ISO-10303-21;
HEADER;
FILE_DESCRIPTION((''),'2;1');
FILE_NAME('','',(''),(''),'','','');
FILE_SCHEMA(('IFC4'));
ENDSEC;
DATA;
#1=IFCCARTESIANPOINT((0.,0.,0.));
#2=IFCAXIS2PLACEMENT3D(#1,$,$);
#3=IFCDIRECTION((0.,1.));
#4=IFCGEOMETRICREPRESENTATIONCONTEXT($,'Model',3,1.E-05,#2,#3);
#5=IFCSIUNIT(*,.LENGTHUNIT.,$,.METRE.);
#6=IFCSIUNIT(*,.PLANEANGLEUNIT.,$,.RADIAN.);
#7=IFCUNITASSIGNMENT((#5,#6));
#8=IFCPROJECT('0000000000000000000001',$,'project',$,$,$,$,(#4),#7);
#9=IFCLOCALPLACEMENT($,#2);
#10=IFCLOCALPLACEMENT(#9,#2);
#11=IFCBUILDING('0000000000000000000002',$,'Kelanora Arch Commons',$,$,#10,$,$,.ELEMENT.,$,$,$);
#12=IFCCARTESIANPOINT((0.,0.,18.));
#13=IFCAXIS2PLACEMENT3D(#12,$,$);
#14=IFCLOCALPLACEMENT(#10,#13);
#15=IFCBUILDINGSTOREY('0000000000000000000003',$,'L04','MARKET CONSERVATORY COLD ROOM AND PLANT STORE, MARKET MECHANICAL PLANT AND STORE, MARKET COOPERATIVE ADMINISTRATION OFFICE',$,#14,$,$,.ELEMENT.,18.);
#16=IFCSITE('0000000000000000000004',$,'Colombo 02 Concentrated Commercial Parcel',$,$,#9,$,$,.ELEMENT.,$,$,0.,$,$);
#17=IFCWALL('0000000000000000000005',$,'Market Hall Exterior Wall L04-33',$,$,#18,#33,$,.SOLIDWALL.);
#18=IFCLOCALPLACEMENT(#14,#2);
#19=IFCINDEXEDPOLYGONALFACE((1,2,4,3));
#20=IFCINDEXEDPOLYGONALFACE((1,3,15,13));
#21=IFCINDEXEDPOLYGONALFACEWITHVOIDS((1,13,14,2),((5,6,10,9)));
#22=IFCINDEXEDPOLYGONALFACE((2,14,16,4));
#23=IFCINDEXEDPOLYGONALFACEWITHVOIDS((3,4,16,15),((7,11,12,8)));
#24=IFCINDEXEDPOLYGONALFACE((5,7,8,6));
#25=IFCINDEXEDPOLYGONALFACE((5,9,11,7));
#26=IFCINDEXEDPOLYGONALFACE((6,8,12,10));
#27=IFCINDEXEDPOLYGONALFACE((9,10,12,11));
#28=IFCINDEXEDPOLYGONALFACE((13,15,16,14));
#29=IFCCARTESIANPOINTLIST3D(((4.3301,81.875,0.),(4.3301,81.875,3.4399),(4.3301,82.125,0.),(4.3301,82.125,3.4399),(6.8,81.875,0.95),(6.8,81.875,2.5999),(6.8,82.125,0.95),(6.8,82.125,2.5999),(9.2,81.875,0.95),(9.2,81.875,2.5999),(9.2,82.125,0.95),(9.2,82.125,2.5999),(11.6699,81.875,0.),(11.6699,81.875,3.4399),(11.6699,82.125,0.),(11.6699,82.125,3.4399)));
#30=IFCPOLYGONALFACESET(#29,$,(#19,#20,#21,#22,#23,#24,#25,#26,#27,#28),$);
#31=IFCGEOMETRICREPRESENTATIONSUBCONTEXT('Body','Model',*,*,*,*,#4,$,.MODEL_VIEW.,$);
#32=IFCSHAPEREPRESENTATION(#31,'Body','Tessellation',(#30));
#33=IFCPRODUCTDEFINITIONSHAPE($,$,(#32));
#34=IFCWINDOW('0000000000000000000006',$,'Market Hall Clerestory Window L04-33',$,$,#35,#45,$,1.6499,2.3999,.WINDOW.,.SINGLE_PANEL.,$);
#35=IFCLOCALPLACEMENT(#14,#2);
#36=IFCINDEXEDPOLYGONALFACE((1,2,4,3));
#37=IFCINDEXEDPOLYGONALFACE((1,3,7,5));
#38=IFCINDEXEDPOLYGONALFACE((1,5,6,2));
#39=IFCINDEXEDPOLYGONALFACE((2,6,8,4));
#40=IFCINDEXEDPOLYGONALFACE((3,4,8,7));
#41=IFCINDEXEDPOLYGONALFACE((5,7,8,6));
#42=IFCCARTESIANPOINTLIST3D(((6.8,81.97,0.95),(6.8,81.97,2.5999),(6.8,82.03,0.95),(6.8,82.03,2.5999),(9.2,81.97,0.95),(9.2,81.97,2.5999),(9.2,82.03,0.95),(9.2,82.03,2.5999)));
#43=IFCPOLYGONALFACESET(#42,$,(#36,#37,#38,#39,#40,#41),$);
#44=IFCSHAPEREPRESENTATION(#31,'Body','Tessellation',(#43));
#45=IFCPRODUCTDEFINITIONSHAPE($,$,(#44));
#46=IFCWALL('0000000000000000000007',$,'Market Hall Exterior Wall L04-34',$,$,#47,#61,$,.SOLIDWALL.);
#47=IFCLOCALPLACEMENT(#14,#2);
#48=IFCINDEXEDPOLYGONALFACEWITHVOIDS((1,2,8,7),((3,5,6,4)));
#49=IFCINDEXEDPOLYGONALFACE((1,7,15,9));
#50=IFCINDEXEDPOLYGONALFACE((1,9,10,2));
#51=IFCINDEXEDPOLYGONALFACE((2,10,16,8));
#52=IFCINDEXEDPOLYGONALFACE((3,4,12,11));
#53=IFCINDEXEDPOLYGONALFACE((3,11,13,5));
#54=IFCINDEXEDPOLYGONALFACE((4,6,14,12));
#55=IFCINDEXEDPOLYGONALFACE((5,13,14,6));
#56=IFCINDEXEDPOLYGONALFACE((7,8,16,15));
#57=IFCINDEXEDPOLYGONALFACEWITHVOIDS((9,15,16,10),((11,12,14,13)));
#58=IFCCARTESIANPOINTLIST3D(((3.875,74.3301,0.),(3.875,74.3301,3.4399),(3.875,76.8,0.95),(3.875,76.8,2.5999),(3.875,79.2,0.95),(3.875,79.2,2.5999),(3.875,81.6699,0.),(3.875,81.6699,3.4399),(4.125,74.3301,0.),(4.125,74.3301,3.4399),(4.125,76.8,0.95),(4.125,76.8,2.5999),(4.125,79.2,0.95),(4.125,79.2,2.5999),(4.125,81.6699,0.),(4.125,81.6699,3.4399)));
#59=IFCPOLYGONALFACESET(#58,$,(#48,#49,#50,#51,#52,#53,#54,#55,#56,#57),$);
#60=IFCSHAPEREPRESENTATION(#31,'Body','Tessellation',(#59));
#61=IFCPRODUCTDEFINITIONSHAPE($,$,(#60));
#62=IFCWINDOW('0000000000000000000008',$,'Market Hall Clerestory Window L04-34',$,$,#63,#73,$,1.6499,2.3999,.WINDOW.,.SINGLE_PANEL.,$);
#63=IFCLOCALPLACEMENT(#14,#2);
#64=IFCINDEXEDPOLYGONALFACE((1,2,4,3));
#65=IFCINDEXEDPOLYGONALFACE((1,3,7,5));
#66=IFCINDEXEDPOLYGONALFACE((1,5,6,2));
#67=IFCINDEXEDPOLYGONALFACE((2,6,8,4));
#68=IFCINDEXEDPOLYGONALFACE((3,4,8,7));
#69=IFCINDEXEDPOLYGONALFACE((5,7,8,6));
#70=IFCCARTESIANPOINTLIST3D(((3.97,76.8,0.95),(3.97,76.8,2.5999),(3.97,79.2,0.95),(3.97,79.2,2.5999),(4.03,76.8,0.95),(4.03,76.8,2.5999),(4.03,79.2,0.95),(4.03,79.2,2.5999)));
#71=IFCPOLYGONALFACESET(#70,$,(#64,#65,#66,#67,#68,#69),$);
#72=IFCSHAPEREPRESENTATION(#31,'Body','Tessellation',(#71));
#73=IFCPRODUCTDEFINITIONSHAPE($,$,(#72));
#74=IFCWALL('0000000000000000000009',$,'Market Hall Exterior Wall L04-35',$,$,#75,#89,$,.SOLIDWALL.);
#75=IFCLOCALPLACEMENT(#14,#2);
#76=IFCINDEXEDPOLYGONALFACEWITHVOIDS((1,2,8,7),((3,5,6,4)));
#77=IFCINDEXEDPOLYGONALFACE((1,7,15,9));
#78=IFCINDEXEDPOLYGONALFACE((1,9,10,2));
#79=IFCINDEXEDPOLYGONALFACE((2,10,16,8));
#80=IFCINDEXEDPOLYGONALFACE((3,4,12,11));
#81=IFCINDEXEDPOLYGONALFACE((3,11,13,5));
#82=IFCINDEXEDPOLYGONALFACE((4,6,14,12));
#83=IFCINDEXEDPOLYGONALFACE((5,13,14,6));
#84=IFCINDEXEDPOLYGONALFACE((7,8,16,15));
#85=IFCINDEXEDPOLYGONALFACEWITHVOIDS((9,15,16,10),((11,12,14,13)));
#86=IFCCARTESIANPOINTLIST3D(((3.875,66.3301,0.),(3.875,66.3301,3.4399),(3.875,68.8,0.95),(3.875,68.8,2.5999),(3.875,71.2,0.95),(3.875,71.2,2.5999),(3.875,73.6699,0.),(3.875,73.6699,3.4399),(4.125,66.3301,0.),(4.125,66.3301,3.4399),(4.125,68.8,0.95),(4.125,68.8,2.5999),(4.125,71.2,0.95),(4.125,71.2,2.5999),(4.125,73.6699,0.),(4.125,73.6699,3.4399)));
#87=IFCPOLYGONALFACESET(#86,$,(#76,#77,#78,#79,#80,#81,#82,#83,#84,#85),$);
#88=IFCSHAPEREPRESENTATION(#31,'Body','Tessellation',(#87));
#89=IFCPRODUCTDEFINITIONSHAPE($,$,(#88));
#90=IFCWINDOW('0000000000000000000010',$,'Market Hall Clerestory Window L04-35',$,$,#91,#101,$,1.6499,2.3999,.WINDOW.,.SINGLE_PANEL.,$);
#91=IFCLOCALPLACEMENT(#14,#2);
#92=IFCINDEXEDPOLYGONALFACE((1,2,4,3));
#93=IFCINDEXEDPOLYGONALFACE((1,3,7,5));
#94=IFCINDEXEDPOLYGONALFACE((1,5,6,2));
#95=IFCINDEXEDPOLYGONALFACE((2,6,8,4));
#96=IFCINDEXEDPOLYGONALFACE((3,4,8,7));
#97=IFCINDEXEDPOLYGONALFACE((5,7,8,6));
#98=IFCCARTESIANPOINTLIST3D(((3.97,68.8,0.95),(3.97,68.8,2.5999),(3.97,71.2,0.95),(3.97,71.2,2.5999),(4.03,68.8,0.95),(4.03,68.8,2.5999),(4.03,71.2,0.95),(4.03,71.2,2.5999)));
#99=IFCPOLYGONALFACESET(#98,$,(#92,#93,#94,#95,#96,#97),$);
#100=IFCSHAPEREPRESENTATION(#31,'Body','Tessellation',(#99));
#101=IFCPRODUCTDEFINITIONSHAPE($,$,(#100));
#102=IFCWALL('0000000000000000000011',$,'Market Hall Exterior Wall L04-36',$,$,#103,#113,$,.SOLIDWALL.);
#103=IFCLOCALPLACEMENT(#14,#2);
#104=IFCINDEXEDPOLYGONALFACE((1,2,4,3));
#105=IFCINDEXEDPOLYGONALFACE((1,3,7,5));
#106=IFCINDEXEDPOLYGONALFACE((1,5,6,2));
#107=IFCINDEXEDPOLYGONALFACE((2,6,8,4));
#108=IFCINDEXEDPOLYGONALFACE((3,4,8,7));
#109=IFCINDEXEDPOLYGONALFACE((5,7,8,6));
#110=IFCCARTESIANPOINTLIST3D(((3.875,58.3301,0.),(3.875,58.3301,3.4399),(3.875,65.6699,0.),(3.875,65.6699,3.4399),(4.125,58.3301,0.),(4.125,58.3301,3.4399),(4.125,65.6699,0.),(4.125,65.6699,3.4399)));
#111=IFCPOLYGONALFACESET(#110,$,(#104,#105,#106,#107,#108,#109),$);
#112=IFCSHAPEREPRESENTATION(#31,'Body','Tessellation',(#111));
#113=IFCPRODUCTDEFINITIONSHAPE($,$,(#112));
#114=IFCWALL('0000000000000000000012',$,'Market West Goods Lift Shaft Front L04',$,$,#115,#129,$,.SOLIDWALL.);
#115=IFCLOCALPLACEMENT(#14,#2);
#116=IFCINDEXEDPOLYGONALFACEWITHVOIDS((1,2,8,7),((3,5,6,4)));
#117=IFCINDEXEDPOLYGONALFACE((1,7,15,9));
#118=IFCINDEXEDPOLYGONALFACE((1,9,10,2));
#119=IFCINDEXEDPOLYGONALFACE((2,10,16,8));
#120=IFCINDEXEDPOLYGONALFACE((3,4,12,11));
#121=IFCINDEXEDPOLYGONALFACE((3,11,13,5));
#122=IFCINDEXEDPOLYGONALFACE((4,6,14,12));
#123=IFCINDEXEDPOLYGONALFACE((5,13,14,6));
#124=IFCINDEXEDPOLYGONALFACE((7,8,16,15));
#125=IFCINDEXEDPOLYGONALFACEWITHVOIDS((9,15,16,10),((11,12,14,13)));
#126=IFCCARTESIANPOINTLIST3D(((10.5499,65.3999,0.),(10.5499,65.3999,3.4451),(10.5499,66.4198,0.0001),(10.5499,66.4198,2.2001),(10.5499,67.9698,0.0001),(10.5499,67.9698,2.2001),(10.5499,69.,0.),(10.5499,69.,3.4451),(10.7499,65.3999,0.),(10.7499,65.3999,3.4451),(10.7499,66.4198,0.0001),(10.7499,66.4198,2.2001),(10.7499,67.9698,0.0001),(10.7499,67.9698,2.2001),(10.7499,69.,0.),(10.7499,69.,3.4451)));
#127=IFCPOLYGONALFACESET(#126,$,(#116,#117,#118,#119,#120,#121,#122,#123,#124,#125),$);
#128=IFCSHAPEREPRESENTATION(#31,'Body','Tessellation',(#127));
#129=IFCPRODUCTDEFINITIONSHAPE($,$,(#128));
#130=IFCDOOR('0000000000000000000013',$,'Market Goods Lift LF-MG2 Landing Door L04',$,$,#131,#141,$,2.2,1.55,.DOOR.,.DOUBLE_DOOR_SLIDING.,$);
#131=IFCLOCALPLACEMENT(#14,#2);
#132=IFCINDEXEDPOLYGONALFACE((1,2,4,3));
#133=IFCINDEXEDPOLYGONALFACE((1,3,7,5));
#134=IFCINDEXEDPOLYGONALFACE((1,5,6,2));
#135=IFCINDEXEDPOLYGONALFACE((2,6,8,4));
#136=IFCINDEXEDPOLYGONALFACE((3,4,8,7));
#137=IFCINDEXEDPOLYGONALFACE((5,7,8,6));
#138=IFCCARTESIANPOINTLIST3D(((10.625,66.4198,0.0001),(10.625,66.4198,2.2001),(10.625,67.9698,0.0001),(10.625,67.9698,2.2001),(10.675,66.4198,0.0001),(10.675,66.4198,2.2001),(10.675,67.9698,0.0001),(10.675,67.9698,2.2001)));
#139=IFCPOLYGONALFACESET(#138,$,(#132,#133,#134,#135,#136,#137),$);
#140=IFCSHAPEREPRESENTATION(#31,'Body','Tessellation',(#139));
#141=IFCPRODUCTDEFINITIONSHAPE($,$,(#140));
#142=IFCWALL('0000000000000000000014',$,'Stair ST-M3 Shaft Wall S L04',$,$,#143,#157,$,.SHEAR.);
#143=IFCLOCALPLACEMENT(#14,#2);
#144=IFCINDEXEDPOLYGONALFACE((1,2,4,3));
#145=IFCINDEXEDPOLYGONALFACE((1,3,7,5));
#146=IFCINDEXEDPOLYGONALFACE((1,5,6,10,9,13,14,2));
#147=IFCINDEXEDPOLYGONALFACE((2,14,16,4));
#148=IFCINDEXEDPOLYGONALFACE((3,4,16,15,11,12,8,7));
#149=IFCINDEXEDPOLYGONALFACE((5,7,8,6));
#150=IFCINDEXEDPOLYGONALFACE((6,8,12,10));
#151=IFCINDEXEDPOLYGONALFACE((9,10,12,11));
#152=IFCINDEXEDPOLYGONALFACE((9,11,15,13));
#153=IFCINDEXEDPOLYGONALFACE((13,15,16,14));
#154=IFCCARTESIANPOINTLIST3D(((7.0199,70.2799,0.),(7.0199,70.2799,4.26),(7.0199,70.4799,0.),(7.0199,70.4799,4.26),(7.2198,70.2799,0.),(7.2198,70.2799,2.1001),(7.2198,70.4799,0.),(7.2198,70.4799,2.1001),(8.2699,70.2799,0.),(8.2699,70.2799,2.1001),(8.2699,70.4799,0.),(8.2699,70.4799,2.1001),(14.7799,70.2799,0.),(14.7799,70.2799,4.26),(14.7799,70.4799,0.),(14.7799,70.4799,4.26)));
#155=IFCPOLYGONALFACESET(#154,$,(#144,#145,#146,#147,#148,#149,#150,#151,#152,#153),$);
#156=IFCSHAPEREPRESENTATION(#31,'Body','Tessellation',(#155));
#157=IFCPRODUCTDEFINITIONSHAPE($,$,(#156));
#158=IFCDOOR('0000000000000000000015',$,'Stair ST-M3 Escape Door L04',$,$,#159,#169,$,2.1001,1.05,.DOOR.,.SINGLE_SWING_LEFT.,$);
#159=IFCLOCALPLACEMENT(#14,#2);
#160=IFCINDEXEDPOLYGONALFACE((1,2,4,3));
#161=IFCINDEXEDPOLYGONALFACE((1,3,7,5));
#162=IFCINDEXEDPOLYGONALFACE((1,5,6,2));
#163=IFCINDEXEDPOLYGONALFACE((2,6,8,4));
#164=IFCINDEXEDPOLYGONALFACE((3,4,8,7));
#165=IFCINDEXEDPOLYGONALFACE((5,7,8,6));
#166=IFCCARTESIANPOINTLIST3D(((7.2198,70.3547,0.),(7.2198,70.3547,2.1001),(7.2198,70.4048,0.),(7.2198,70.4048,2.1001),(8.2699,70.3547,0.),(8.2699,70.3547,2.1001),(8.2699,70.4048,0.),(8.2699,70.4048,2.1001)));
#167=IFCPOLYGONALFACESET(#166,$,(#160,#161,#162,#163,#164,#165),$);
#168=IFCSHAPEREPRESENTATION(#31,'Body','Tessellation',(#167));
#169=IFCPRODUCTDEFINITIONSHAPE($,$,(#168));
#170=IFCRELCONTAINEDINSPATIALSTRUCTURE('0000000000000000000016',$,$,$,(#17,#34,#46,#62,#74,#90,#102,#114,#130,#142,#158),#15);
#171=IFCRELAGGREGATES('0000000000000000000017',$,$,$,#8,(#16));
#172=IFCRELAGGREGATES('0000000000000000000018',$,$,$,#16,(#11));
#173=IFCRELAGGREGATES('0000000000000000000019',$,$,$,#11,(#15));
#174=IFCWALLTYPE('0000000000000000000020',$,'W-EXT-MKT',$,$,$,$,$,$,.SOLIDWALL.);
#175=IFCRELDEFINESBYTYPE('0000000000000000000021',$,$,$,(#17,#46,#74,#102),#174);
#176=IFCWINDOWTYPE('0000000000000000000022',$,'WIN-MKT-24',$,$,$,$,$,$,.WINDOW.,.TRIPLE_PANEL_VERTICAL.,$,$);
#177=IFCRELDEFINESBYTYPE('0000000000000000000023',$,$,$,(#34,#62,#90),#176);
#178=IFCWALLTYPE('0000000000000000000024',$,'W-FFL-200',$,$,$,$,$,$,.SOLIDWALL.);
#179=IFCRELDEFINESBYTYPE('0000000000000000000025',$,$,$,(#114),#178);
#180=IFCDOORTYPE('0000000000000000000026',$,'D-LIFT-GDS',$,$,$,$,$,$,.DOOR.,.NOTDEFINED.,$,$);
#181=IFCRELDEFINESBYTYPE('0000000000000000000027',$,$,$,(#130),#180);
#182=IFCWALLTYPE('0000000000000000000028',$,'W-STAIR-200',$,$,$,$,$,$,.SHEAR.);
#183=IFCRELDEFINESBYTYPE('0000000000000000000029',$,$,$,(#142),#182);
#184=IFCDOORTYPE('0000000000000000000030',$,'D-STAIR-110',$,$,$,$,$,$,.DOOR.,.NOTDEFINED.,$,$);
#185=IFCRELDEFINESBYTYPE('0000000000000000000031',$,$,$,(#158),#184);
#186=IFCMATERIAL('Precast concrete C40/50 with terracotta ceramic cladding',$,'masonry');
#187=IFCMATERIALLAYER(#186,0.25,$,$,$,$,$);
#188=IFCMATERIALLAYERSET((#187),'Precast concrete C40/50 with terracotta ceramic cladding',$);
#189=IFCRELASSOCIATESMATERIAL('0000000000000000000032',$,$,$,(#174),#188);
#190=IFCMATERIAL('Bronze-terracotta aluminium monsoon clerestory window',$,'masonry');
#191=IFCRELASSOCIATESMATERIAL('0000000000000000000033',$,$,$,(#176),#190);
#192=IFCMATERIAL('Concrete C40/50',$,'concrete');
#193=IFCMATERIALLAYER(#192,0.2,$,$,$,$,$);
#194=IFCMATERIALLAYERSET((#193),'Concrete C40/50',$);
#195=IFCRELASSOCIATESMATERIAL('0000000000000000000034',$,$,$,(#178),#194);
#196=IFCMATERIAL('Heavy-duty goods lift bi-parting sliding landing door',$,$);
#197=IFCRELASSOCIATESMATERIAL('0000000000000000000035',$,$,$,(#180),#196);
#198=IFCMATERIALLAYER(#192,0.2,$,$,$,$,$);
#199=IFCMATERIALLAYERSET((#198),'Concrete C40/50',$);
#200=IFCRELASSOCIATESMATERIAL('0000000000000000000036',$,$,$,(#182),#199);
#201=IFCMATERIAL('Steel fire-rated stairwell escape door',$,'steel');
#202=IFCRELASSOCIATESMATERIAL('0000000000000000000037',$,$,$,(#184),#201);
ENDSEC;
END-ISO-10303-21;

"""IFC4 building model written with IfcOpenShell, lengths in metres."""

from ifc_helpers import new_model, si_unit, direction, frame, frame_2d, origin, place, context, subcontext, project, spatial, rectangle, extrude, material, layer, layer_set, type_object, element, fill, save


model = new_model("IFC4")

# Units and contexts
model_context = context("Model", 3, precision=1e-05, world=origin(), true_north=direction((0.0, 1.0)))
body_context = subcontext(model_context, "Body", "Model", "MODEL_VIEW")
ifc_project = project(units=[si_unit("LENGTHUNIT", "METRE"), si_unit("PLANEANGLEUNIT", "RADIAN")], contexts=[model_context])

# Site, building, storey
site_placement = place(None, origin())
site = spatial("IfcSite", under=ifc_project, at=site_placement, Name="Colombo 02 Concentrated Commercial Parcel", CompositionType="ELEMENT", RefElevation=0.0)
building_placement = place(site_placement, origin())
building = spatial("IfcBuilding", under=site, at=building_placement, Name="Kelanora Arch Commons", CompositionType="ELEMENT")
storey_placement = place(building_placement, frame((0.0, 0.0, 18.0)))
storey = spatial("IfcBuildingStorey", under=building, at=storey_placement, Name="L04", Description="MARKET CONSERVATORY COLD ROOM AND PLANT STORE, MARKET MECHANICAL PLANT AND STORE, MARKET COOPERATIVE ADMINISTRATION OFFICE", CompositionType="ELEMENT", Elevation=18.0)

# Walls, openings, windows
ifc_material_1 = material(Name="Precast concrete C40/50 with terracotta ceramic cladding", Category="masonry")
ifc_layer_1 = layer(ifc_material_1, 0.25)
ifc_layer_set_1 = layer_set([ifc_layer_1], Name="Precast concrete C40/50 with terracotta ceramic cladding")
wall_type_1 = type_object("IfcWallType", Name="W-EXT-MKT", PredefinedType="SOLIDWALL", material=ifc_layer_set_1)
wall_1_placement = place(storey_placement, frame((11.6699, 82.0, 0.0), z_axis=(0.0, 0.0, 1.0), x_axis=(-1.0, 0.0, 0.0)))
wall_1 = element("IfcWall", 1, at=wall_1_placement, inside=storey, type_object=wall_type_1, Name="Market Hall Exterior Wall L04-33", PredefinedType="SOLIDWALL", context=body_context, shape_type="SweptSolid", body=[
    extrude(rectangle(XDim=7.3398, YDim=0.25, at=frame_2d((3.6699, 0.0))), origin(), (0.0, 0.0, 1.0), 3.4399),
])
opening_1_placement = place(wall_1_placement, frame((2.47, 0.0, 0.95)))
opening_1 = element("IfcOpeningElement", 2, at=opening_1_placement, cuts=wall_1, PredefinedType="OPENING", context=body_context, shape_type="SweptSolid", body=[
    extrude(rectangle(XDim=2.3999, YDim=1.6499, at=frame_2d((1.2, 0.825))), frame((0.0, 0.135, 0.0), z_axis=(0.0, -1.0, 0.0), x_axis=(1.0, 0.0, 0.0)), (0.0, 0.0, 1.0), 0.27),
])
ifc_material_2 = material(Name="Bronze-terracotta aluminium monsoon clerestory window", Category="masonry")
window_type = type_object("IfcWindowType", Name="WIN-MKT-24", PartitioningType="TRIPLE_PANEL_VERTICAL", PredefinedType="WINDOW", material=ifc_material_2)
window_1_placement = place(opening_1_placement, origin())
window_1 = element("IfcWindow", 3, at=window_1_placement, inside=storey, type_object=window_type, Name="Market Hall Clerestory Window L04-33", OverallHeight=1.6499, OverallWidth=2.3999, PartitioningType="SINGLE_PANEL", PredefinedType="WINDOW", context=body_context, shape_type="SweptSolid", body=[
    extrude(rectangle(XDim=2.3999, YDim=1.6499, at=frame_2d((1.2, 0.825))), frame((0.0, 0.03, 0.0), z_axis=(0.0, -1.0, 0.0), x_axis=(1.0, 0.0, 0.0)), (0.0, 0.0, 1.0), 0.0601),
])
fill(opening_1, window_1)
wall_2_placement = place(storey_placement, frame((4.0, 81.6699, 0.0), z_axis=(0.0, 0.0, 1.0), x_axis=(0.0, -1.0, 0.0)))
wall_2 = element("IfcWall", 4, at=wall_2_placement, inside=storey, type_object=wall_type_1, Name="Market Hall Exterior Wall L04-34", PredefinedType="SOLIDWALL", context=body_context, shape_type="SweptSolid", body=[
    extrude(rectangle(XDim=7.3398, YDim=0.25, at=frame_2d((3.6699, 0.0))), origin(), (0.0, 0.0, 1.0), 3.4399),
])
opening_2_placement = place(wall_2_placement, frame((2.47, 0.0, 0.95)))
opening_2 = element("IfcOpeningElement", 5, at=opening_2_placement, cuts=wall_2, PredefinedType="OPENING", context=body_context, shape_type="SweptSolid", body=[
    extrude(rectangle(XDim=2.3999, YDim=1.6499, at=frame_2d((1.2, 0.825))), frame((0.0, 0.135, 0.0), z_axis=(0.0, -1.0, 0.0), x_axis=(1.0, 0.0, 0.0)), (0.0, 0.0, 1.0), 0.27),
])
window_2_placement = place(opening_2_placement, origin())
window_2 = element("IfcWindow", 6, at=window_2_placement, inside=storey, type_object=window_type, Name="Market Hall Clerestory Window L04-34", OverallHeight=1.6499, OverallWidth=2.3999, PartitioningType="SINGLE_PANEL", PredefinedType="WINDOW", context=body_context, shape_type="SweptSolid", body=[
    extrude(rectangle(XDim=2.3999, YDim=1.6499, at=frame_2d((1.2, 0.825))), frame((0.0, 0.03, 0.0), z_axis=(0.0, -1.0, 0.0), x_axis=(1.0, 0.0, 0.0)), (0.0, 0.0, 1.0), 0.0601),
])
fill(opening_2, window_2)
wall_3_placement = place(storey_placement, frame((4.0, 73.6699, 0.0), z_axis=(0.0, 0.0, 1.0), x_axis=(0.0, -1.0, 0.0)))
wall_3 = element("IfcWall", 7, at=wall_3_placement, inside=storey, type_object=wall_type_1, Name="Market Hall Exterior Wall L04-35", PredefinedType="SOLIDWALL", context=body_context, shape_type="SweptSolid", body=[
    extrude(rectangle(XDim=7.3398, YDim=0.25, at=frame_2d((3.6699, 0.0))), origin(), (0.0, 0.0, 1.0), 3.4399),
])
opening_3_placement = place(wall_3_placement, frame((2.47, 0.0, 0.95)))
opening_3 = element("IfcOpeningElement", 8, at=opening_3_placement, cuts=wall_3, PredefinedType="OPENING", context=body_context, shape_type="SweptSolid", body=[
    extrude(rectangle(XDim=2.3999, YDim=1.6499, at=frame_2d((1.2, 0.825))), frame((0.0, 0.135, 0.0), z_axis=(0.0, -1.0, 0.0), x_axis=(1.0, 0.0, 0.0)), (0.0, 0.0, 1.0), 0.27),
])
window_3_placement = place(opening_3_placement, origin())
window_3 = element("IfcWindow", 9, at=window_3_placement, inside=storey, type_object=window_type, Name="Market Hall Clerestory Window L04-35", OverallHeight=1.6499, OverallWidth=2.3999, PartitioningType="SINGLE_PANEL", PredefinedType="WINDOW", context=body_context, shape_type="SweptSolid", body=[
    extrude(rectangle(XDim=2.3999, YDim=1.6499, at=frame_2d((1.2, 0.825))), frame((0.0, 0.03, 0.0), z_axis=(0.0, -1.0, 0.0), x_axis=(1.0, 0.0, 0.0)), (0.0, 0.0, 1.0), 0.0601),
])
fill(opening_3, window_3)

# Wall
wall_4_placement = place(storey_placement, frame((4.0, 65.6699, 0.0), z_axis=(0.0, 0.0, 1.0), x_axis=(0.0, -1.0, 0.0)))
element("IfcWall", 10, at=wall_4_placement, inside=storey, type_object=wall_type_1, Name="Market Hall Exterior Wall L04-36", PredefinedType="SOLIDWALL", context=body_context, shape_type="SweptSolid", body=[
    extrude(rectangle(XDim=7.3398, YDim=0.25, at=frame_2d((3.6699, 0.0))), origin(), (0.0, 0.0, 1.0), 3.4399),
])

# Walls, openings, doors
ifc_material_3 = material(Name="Concrete C40/50", Category="concrete")
ifc_layer_2 = layer(ifc_material_3, 0.2)
ifc_layer_set_2 = layer_set([ifc_layer_2], Name="Concrete C40/50")
wall_type_2 = type_object("IfcWallType", Name="W-FFL-200", PredefinedType="SOLIDWALL", material=ifc_layer_set_2)
wall_5_placement = place(storey_placement, frame((10.6499, 65.3999, 0.0), z_axis=(0.0, 0.0, 1.0), x_axis=(0.0, 1.0, 0.0)))
wall_5 = element("IfcWall", 11, at=wall_5_placement, inside=storey, type_object=wall_type_2, Name="Market West Goods Lift Shaft Front L04", PredefinedType="SOLIDWALL", context=body_context, shape_type="SweptSolid", body=[
    extrude(rectangle(XDim=3.6001, YDim=0.2, at=frame_2d((1.8, 0.0))), origin(), (0.0, 0.0, 1.0), 3.4451),
])
opening_4_placement = place(wall_5_placement, frame((1.02, 0.0, 0.0)))
opening_4 = element("IfcOpeningElement", 12, at=opening_4_placement, cuts=wall_5, PredefinedType="OPENING", context=body_context, shape_type="SweptSolid", body=[
    extrude(rectangle(XDim=1.55, YDim=2.2, at=frame_2d((0.7749, 1.1001))), frame((0.0, 0.1099, 0.0), z_axis=(0.0, -1.0, 0.0), x_axis=(1.0, 0.0, 0.0)), (0.0, 0.0, 1.0), 0.22),
])
ifc_material_4 = material(Name="Heavy-duty goods lift bi-parting sliding landing door")
door_type_1 = type_object("IfcDoorType", Name="D-LIFT-GDS", OperationType="NOTDEFINED", PredefinedType="DOOR", material=ifc_material_4)
door_1_placement = place(opening_4_placement, origin())
door_1 = element("IfcDoor", 13, at=door_1_placement, inside=storey, type_object=door_type_1, Name="Market Goods Lift LF-MG2 Landing Door L04", OperationType="DOUBLE_DOOR_SLIDING", OverallHeight=2.2, OverallWidth=1.55, PredefinedType="DOOR", context=body_context, shape_type="SweptSolid", body=[
    extrude(rectangle(XDim=1.55, YDim=2.2, at=frame_2d((0.7749, 1.1001))), frame((0.0, 0.0249, 0.0), z_axis=(0.0, -1.0, 0.0), x_axis=(1.0, 0.0, 0.0)), (0.0, 0.0, 1.0), 0.05),
])
fill(opening_4, door_1)
ifc_layer_3 = layer(ifc_material_3, 0.2)
ifc_layer_set_3 = layer_set([ifc_layer_3], Name="Concrete C40/50")
wall_type_3 = type_object("IfcWallType", Name="W-STAIR-200", PredefinedType="SHEAR", material=ifc_layer_set_3)
wall_6_placement = place(storey_placement, frame((7.02, 70.3799, 0.0), z_axis=(0.0, 0.0, 1.0), x_axis=(1.0, 0.0, 0.0)))
wall_6 = element("IfcWall", 14, at=wall_6_placement, inside=storey, type_object=wall_type_3, Name="Stair ST-M3 Shaft Wall S L04", PredefinedType="SHEAR", context=body_context, shape_type="SweptSolid", body=[
    extrude(rectangle(XDim=7.76, YDim=0.2, at=frame_2d((3.8799, 0.0))), origin(), (0.0, 0.0, 1.0), 4.26),
])
opening_5_placement = place(wall_6_placement, frame((0.2, 0.0, 0.0)))
opening_5 = element("IfcOpeningElement", 15, at=opening_5_placement, cuts=wall_6, PredefinedType="OPENING", context=body_context, shape_type="SweptSolid", body=[
    extrude(rectangle(XDim=1.05, YDim=2.1001, at=frame_2d((0.5249, 1.05))), frame((0.0, 0.1099, 0.0), z_axis=(0.0, -1.0, 0.0), x_axis=(1.0, 0.0, 0.0)), (0.0, 0.0, 1.0), 0.22),
])
ifc_material_5 = material(Name="Steel fire-rated stairwell escape door", Category="steel")
door_type_2 = type_object("IfcDoorType", Name="D-STAIR-110", OperationType="NOTDEFINED", PredefinedType="DOOR", material=ifc_material_5)
door_2_placement = place(opening_5_placement, origin())
door_2 = element("IfcDoor", 16, at=door_2_placement, inside=storey, type_object=door_type_2, Name="Stair ST-M3 Escape Door L04", OperationType="SINGLE_SWING_LEFT", OverallHeight=2.1001, OverallWidth=1.05, PredefinedType="DOOR", context=body_context, shape_type="SweptSolid", body=[
    extrude(rectangle(XDim=1.05, YDim=2.1001, at=frame_2d((0.5249, 1.05))), frame((0.0, 0.0249, 0.0), z_axis=(0.0, -1.0, 0.0), x_axis=(1.0, 0.0, 0.0)), (0.0, 0.0, 1.0), 0.05),
])
fill(opening_5, door_2)

save(model, "model.ifc")
